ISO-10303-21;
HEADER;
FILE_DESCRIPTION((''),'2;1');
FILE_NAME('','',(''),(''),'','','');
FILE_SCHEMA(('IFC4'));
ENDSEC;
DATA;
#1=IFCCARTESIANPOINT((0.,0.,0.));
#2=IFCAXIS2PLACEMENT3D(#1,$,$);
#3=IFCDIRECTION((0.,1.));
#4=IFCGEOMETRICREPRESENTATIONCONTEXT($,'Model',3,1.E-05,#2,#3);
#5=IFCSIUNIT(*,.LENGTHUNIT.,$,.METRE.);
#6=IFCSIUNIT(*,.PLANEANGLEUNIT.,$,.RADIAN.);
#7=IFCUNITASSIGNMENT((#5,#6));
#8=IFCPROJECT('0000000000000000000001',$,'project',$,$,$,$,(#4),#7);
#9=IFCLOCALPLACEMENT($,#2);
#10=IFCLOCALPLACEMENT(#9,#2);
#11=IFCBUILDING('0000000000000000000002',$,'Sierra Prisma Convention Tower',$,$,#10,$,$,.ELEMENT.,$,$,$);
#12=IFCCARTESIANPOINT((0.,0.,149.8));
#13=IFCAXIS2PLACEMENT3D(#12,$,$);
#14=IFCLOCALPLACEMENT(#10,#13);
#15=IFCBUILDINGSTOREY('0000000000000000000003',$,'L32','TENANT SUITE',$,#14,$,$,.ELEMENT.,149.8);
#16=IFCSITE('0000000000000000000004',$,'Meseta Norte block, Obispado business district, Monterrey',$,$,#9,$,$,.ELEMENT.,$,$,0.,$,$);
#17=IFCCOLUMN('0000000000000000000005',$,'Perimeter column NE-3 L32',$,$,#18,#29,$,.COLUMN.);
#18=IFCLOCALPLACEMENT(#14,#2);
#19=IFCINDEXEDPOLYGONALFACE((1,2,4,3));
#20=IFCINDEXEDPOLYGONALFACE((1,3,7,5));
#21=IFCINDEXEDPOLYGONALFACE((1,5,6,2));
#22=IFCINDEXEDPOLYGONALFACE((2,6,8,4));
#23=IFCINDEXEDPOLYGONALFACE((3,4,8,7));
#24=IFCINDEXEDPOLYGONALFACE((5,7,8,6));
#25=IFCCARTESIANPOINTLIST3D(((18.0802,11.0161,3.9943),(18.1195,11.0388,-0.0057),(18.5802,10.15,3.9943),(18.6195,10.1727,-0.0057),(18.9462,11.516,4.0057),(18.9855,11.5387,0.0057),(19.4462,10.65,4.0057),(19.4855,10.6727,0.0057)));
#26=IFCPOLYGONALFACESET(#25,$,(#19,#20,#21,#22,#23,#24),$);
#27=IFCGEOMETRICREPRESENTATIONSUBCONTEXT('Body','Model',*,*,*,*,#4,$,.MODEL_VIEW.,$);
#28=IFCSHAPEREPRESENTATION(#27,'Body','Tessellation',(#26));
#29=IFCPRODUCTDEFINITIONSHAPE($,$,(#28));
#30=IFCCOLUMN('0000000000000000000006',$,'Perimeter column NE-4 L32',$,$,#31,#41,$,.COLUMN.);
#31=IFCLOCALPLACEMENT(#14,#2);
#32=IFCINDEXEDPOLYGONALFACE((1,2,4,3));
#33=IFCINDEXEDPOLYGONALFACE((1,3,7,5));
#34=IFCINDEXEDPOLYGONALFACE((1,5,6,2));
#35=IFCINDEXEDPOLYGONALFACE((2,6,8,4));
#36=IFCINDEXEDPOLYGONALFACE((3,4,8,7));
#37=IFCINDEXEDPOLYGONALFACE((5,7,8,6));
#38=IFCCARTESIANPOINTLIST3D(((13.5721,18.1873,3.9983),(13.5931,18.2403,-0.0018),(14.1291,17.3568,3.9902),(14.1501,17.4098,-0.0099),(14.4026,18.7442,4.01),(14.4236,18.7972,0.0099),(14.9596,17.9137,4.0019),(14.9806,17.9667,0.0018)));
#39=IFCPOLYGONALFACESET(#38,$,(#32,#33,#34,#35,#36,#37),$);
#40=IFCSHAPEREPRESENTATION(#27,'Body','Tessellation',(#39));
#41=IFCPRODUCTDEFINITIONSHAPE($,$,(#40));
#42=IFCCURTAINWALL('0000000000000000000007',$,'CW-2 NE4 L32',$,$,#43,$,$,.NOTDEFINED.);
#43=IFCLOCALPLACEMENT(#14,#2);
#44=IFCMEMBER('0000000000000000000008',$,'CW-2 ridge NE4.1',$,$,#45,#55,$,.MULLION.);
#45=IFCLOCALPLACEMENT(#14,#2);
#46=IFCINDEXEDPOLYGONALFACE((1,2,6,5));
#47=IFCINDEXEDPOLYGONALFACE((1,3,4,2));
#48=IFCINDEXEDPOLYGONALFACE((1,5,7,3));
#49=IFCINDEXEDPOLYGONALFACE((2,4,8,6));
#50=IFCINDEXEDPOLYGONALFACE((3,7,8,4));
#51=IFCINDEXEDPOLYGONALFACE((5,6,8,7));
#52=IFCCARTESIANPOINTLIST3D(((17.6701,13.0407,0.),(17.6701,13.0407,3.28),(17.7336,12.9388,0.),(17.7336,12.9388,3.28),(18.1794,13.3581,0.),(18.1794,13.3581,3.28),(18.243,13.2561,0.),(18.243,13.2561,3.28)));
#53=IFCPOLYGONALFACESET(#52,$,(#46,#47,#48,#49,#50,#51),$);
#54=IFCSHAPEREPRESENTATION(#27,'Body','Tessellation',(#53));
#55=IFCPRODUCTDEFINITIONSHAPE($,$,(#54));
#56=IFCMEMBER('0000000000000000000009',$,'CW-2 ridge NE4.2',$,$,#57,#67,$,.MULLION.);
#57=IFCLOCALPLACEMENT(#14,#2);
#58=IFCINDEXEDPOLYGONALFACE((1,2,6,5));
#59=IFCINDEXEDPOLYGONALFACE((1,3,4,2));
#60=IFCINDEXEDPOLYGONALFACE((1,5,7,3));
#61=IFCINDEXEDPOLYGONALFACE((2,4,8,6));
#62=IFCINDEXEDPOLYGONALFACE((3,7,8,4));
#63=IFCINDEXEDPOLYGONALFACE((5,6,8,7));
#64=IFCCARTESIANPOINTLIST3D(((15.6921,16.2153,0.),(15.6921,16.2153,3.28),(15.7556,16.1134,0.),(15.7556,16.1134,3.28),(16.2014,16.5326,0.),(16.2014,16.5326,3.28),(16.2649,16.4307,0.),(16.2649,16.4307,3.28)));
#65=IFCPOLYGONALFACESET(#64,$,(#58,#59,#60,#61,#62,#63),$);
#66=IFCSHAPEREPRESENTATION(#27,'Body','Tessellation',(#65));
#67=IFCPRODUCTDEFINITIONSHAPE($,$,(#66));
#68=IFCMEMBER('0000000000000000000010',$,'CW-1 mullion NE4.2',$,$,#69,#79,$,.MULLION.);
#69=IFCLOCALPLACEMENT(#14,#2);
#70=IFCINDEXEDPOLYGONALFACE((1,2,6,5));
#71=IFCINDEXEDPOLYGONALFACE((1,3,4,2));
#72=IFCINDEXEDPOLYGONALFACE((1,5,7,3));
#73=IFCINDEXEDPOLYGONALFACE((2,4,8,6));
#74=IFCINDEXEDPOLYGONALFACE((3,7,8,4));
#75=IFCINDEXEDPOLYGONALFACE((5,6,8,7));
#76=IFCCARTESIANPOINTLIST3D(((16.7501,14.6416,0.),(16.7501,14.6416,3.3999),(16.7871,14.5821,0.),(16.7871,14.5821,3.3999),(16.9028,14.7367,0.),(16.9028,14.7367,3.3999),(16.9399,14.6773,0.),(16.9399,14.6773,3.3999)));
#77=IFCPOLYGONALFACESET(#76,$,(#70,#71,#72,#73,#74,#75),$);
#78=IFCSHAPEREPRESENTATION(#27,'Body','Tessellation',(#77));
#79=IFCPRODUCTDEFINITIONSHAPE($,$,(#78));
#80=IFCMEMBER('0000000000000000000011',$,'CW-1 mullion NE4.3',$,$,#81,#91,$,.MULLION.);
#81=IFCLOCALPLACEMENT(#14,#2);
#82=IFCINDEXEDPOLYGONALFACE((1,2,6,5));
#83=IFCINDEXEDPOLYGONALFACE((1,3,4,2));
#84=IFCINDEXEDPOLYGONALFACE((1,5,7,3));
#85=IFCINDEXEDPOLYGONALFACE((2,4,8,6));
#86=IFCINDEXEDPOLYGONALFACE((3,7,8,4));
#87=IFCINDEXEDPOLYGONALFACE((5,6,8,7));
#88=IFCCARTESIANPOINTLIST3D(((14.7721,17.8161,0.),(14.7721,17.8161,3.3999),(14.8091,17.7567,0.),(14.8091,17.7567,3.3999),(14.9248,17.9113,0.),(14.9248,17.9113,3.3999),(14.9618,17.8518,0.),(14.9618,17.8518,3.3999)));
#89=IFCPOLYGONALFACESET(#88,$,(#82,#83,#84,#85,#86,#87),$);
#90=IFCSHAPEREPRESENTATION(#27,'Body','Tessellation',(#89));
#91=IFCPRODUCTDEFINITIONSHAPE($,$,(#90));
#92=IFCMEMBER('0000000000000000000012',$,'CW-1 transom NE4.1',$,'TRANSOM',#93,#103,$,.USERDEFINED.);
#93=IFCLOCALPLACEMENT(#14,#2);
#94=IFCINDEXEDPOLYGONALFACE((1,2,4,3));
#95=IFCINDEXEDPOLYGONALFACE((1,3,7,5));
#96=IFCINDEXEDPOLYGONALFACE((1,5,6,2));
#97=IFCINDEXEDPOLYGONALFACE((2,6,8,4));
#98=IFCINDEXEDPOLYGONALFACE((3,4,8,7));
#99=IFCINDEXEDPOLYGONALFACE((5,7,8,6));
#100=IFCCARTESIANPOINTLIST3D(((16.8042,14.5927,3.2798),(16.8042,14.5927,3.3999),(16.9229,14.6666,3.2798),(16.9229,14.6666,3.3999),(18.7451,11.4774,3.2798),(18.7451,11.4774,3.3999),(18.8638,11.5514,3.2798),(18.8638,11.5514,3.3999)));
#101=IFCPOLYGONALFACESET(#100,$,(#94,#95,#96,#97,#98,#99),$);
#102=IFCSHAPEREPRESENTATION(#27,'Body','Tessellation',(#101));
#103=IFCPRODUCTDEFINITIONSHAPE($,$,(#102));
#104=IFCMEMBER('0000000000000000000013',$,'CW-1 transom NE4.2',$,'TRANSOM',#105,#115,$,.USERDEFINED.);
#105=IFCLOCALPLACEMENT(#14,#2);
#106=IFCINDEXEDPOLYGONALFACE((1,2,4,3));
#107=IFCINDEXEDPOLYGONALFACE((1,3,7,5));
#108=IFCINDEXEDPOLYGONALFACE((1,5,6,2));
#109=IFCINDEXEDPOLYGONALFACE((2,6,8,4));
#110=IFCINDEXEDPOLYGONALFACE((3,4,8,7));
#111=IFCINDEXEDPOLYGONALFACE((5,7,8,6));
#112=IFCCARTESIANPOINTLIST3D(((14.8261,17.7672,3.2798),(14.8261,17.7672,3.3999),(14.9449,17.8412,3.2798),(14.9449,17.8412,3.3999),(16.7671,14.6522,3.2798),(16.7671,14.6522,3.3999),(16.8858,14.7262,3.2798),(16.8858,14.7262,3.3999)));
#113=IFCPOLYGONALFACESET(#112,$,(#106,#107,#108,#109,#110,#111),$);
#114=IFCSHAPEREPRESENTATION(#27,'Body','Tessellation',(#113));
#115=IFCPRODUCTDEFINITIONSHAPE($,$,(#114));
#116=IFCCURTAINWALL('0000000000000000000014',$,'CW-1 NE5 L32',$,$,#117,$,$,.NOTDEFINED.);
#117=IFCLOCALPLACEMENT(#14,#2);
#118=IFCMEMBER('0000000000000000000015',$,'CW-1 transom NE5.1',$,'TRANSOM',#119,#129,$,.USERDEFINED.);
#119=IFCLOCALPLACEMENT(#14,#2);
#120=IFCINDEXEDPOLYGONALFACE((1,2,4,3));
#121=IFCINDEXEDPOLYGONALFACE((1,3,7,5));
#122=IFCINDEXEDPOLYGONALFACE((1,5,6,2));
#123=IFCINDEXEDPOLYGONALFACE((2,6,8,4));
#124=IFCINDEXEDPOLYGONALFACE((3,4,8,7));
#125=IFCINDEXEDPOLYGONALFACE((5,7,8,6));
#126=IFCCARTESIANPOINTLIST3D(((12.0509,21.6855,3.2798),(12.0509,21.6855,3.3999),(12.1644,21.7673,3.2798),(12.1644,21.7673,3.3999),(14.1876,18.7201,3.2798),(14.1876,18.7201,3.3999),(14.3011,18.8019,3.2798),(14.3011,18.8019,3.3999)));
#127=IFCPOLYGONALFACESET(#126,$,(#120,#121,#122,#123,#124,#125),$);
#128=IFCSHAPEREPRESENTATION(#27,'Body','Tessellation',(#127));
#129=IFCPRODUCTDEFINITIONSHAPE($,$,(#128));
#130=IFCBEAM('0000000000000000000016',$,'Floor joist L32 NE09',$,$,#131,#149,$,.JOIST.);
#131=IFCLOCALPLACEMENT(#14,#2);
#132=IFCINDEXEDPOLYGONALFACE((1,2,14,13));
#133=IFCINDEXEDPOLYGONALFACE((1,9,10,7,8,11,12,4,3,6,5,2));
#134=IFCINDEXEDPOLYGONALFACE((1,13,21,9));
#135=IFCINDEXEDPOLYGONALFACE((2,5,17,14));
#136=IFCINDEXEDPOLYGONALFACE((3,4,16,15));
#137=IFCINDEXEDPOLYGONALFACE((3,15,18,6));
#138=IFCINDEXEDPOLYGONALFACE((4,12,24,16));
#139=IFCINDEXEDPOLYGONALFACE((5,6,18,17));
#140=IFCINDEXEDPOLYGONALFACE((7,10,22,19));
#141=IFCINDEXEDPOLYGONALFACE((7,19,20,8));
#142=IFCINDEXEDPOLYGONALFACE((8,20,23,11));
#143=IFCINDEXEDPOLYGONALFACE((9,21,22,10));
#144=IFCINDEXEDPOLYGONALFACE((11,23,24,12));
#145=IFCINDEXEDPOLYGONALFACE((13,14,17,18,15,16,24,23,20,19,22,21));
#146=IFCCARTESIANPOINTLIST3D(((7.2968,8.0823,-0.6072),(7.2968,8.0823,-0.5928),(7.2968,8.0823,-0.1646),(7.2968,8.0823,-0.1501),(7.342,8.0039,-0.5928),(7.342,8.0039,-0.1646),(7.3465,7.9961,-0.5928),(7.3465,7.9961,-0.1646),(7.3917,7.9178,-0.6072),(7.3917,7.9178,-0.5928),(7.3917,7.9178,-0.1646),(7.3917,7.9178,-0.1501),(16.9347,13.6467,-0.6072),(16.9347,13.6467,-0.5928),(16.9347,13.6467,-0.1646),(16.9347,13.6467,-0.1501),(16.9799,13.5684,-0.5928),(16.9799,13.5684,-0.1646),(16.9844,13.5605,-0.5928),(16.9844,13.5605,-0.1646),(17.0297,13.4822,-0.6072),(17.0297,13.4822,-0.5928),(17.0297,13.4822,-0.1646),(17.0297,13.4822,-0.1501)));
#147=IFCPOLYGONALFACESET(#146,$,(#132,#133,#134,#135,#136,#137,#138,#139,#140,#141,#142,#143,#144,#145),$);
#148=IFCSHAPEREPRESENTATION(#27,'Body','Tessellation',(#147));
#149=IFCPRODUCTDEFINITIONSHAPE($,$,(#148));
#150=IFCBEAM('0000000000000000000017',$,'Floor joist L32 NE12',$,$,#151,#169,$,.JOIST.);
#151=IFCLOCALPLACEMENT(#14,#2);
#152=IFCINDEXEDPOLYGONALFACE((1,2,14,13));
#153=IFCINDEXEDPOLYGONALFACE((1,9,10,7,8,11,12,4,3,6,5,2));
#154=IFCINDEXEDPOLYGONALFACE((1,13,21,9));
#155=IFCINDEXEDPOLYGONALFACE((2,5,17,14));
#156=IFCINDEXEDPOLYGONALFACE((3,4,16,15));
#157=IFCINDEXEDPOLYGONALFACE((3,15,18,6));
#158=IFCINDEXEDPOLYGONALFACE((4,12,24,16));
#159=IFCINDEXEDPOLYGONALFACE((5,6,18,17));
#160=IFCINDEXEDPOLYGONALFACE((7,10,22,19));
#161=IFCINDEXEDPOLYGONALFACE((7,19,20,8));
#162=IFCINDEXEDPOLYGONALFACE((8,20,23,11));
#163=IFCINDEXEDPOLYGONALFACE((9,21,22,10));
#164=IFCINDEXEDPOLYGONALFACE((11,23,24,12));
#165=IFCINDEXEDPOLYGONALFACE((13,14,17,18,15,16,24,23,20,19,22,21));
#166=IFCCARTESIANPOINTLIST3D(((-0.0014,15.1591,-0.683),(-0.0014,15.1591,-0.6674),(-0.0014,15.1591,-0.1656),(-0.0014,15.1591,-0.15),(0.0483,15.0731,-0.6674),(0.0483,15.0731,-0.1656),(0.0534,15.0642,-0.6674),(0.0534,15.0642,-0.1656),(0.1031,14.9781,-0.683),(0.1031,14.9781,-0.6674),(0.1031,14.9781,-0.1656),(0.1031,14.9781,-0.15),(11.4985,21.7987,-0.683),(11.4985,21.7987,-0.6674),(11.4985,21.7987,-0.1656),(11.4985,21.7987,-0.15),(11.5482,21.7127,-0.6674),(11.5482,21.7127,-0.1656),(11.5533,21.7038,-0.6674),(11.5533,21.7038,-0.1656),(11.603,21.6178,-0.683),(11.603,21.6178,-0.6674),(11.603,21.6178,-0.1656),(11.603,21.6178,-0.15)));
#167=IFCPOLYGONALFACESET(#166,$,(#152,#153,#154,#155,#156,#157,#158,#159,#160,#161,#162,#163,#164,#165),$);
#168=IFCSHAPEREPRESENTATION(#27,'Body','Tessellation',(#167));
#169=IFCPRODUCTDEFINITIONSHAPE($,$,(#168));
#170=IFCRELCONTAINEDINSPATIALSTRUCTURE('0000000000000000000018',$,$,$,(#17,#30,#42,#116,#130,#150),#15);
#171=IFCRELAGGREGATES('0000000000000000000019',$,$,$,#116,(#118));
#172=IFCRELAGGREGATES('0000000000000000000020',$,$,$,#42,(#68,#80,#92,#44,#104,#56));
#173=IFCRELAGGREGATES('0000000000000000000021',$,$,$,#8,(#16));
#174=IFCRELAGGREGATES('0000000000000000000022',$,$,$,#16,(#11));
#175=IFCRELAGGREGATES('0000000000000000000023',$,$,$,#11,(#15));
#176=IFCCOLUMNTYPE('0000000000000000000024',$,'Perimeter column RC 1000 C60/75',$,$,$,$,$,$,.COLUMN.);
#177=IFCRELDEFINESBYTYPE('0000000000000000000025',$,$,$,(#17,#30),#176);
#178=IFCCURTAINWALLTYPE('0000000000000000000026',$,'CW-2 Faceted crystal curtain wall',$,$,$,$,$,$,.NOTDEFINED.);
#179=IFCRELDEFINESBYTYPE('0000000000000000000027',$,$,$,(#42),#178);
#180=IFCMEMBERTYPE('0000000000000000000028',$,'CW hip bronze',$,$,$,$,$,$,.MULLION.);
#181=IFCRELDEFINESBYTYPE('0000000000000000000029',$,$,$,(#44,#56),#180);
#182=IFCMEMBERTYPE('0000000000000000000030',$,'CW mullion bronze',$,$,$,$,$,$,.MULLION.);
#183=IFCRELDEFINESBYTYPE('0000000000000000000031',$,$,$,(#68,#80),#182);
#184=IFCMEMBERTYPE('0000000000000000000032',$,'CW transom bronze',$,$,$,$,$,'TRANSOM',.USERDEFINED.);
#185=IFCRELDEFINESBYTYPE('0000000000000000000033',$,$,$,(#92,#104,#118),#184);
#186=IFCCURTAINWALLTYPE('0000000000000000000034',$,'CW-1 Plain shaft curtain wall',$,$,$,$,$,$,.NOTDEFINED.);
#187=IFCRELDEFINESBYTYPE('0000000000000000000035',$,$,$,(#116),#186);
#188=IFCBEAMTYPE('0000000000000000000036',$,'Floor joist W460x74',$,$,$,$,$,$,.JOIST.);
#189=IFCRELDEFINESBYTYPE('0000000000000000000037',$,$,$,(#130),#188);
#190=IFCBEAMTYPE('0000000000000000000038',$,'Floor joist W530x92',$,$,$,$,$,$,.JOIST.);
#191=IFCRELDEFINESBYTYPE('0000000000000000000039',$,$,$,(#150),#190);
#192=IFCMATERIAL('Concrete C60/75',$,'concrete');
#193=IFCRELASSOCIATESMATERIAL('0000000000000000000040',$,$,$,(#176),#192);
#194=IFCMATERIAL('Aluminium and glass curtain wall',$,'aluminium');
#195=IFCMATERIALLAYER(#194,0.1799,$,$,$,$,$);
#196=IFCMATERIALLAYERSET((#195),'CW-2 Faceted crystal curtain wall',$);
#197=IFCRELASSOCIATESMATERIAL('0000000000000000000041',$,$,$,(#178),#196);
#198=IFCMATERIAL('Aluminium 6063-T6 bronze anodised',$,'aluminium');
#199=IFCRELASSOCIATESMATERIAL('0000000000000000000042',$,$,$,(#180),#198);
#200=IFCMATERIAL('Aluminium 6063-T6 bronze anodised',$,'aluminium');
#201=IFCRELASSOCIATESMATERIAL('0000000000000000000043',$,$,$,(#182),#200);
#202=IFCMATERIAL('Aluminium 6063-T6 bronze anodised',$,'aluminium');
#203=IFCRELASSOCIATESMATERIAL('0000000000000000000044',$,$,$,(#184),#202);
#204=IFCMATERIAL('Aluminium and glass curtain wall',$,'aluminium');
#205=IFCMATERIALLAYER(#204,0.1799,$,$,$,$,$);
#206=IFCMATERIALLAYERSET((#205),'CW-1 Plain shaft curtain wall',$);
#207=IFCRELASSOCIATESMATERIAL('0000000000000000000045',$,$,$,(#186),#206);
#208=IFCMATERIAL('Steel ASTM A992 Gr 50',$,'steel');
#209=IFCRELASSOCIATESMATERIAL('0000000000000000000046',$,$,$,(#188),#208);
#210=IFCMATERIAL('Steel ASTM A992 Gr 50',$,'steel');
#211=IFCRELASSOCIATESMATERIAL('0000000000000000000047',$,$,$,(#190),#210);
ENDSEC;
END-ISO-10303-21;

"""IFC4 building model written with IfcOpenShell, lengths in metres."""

from ifc_helpers import new_model, si_unit, direction, frame, origin, origin_2d, place, context, subcontext, project, spatial, rectangle, i_section, extrude, material, layer, layer_set, material_profile, profile_set, type_object, element, aggregate, save


model = new_model("IFC4")

# Units and contexts
model_context = context("Model", 3, precision=1e-05, world=origin(), true_north=direction((0.0, 1.0)))
body_context = subcontext(model_context, "Body", "Model", "MODEL_VIEW")
ifc_project = project(units=[si_unit("LENGTHUNIT", "METRE"), si_unit("PLANEANGLEUNIT", "RADIAN")], contexts=[model_context])

# Site, building, storey
site_placement = place(None, origin())
site = spatial("IfcSite", under=ifc_project, at=site_placement, Name="Meseta Norte block, Obispado business district, Monterrey", CompositionType="ELEMENT", RefElevation=0.0)
building_placement = place(site_placement, origin())
building = spatial("IfcBuilding", under=site, at=building_placement, Name="Sierra Prisma Convention Tower", CompositionType="ELEMENT")
storey_placement = place(building_placement, frame((0.0, 0.0, 149.8)))
storey = spatial("IfcBuildingStorey", under=building, at=storey_placement, Name="L32", Description="TENANT SUITE", CompositionType="ELEMENT", Elevation=149.8)

# Columns
ifc_material_1 = material(Name="Concrete C60/75", Category="concrete")
ifc_material_profile_1 = material_profile(ifc_material_1, rectangle(XDim=1.0, YDim=1.0, at=origin_2d()), Name="Perimeter column RC 1000 C60/75")
ifc_profile_set_1 = profile_set([ifc_material_profile_1], Name="Concrete C60/75")
column_type = type_object("IfcColumnType", Name="Perimeter column RC 1000 C60/75", PredefinedType="COLUMN", material=ifc_profile_set_1)
column_1_placement = place(storey_placement, frame((18.8025, 10.8557, 0.0), z_axis=(-0.009826, -0.005676, 0.999936), x_axis=(-0.499976, 0.866039, 0.000003)))
element("IfcColumn", 1, at=column_1_placement, inside=storey, type_object=column_type, Name="Perimeter column NE-3 L32", PredefinedType="COLUMN", context=body_context, shape_type="SweptSolid", body=[
    extrude(rectangle(XDim=1.0, YDim=1.0, at=origin_2d()), origin(), (0.0, 0.0, 1.0), 4.0002),
])
column_2_placement = place(storey_placement, frame((14.2869, 18.1035, 0.0), z_axis=(-0.005248, -0.013243, 0.999899), x_axis=(-0.557, 0.830473, 0.008076)))
element("IfcColumn", 2, at=column_2_placement, inside=storey, type_object=column_type, Name="Perimeter column NE-4 L32", PredefinedType="COLUMN", context=body_context, shape_type="SweptSolid", body=[
    extrude(rectangle(XDim=1.0, YDim=1.0, at=origin_2d()), origin(), (0.0, 0.0, 1.0), 4.0005),
])

# Curtain wall, members
ifc_material_2 = material(Name="Aluminium and glass curtain wall", Category="aluminium")
ifc_layer_1 = layer(ifc_material_2, 0.1799)
ifc_layer_set_1 = layer_set([ifc_layer_1], Name="CW-2 Faceted crystal curtain wall")
curtain_wall_type_1 = type_object("IfcCurtainWallType", Name="CW-2 Faceted crystal curtain wall", PredefinedType="NOTDEFINED", material=ifc_layer_set_1)
curtain_wall_1_placement = place(storey_placement, origin())
curtain_wall_1 = element("IfcCurtainWall", 3, at=curtain_wall_1_placement, inside=storey, type_object=curtain_wall_type_1, Name="CW-2 NE4 L32", PredefinedType="NOTDEFINED")
ifc_material_3 = material(Name="Aluminium 6063-T6 bronze anodised", Category="aluminium")
ifc_material_profile_2 = material_profile(ifc_material_3, rectangle(XDim=0.1201, YDim=0.6001, at=origin_2d()), Name="ALU RIDGE BLADE 120x600")
ifc_profile_set_2 = profile_set([ifc_material_profile_2], Name="Aluminium 6063-T6 bronze anodised")
member_type_1 = type_object("IfcMemberType", Name="CW hip bronze", PredefinedType="MULLION", material=ifc_profile_set_2)
member_1_placement = place(storey_placement, frame((17.9565, 13.1484, 0.0), z_axis=(0.0, 0.0, 1.0), x_axis=(-0.528802, 0.848745, 0.0)))
member_1 = element("IfcMember", 4, at=member_1_placement, type_object=member_type_1, Name="CW-2 ridge NE4.1", PredefinedType="MULLION", context=body_context, shape_type="SweptSolid", body=[
    extrude(rectangle(XDim=0.1201, YDim=0.6001, at=origin_2d()), origin(), (0.0, 0.0, 1.0), 3.28),
])
member_2_placement = place(storey_placement, frame((15.9785, 16.323, 0.0), z_axis=(0.0, 0.0, 1.0), x_axis=(-0.528802, 0.848745, 0.0)))
member_2 = element("IfcMember", 5, at=member_2_placement, type_object=member_type_1, Name="CW-2 ridge NE4.2", PredefinedType="MULLION", context=body_context, shape_type="SweptSolid", body=[
    extrude(rectangle(XDim=0.1201, YDim=0.6001, at=origin_2d()), origin(), (0.0, 0.0, 1.0), 3.28),
])
ifc_material_4 = material(Name="Aluminium 6063-T6 bronze anodised", Category="aluminium")
ifc_material_profile_3 = material_profile(ifc_material_4, rectangle(XDim=0.1799, YDim=0.0701, at=origin_2d()), Name="ALU MULLION 70x180")
ifc_profile_set_3 = profile_set([ifc_material_profile_3], Name="Aluminium 6063-T6 bronze anodised")
member_type_2 = type_object("IfcMemberType", Name="CW mullion bronze", PredefinedType="MULLION", material=ifc_profile_set_3)
member_3_placement = place(storey_placement, frame((16.845, 14.6594, 0.0), z_axis=(0.0, 0.0, 1.0), x_axis=(-0.848745, -0.528802, 0.0)))
member_3 = element("IfcMember", 6, at=member_3_placement, type_object=member_type_2, Name="CW-1 mullion NE4.2", PredefinedType="MULLION", context=body_context, shape_type="SweptSolid", body=[
    extrude(rectangle(XDim=0.1799, YDim=0.0701, at=origin_2d()), origin(), (0.0, 0.0, 1.0), 3.3999),
])
member_4_placement = place(storey_placement, frame((14.8669, 17.834, 0.0), z_axis=(0.0, 0.0, 1.0), x_axis=(-0.848745, -0.528802, 0.0)))
member_4 = element("IfcMember", 7, at=member_4_placement, type_object=member_type_2, Name="CW-1 mullion NE4.3", PredefinedType="MULLION", context=body_context, shape_type="SweptSolid", body=[
    extrude(rectangle(XDim=0.1799, YDim=0.0701, at=origin_2d()), origin(), (0.0, 0.0, 1.0), 3.3999),
])
ifc_material_5 = material(Name="Aluminium 6063-T6 bronze anodised", Category="aluminium")
ifc_material_profile_4 = material_profile(ifc_material_5, rectangle(XDim=0.1399, YDim=0.1201, at=origin_2d()), Name="ALU TRANSOM 120x140")
ifc_profile_set_4 = profile_set([ifc_material_profile_4], Name="Aluminium 6063-T6 bronze anodised")
member_type_3 = type_object("IfcMemberType", Name="CW transom bronze", ElementType="TRANSOM", PredefinedType="USERDEFINED", material=ifc_profile_set_4)
member_5_placement = place(storey_placement, frame((18.8044, 11.5144, 3.3398), z_axis=(-0.528803, 0.848745, 0.0), x_axis=(-0.848745, -0.528803, 0.0)))
member_5 = element("IfcMember", 8, at=member_5_placement, type_object=member_type_3, Name="CW-1 transom NE4.1", ObjectType="TRANSOM", PredefinedType="USERDEFINED", context=body_context, shape_type="SweptSolid", body=[
    extrude(rectangle(XDim=0.1399, YDim=0.1201, at=origin_2d()), origin(), (0.0, 0.0, 1.0), 3.6704),
])
member_6_placement = place(storey_placement, frame((16.8264, 14.6892, 3.3398), z_axis=(-0.528832, 0.848726, 0.0), x_axis=(-0.848726, -0.528832, 0.0)))
member_6 = element("IfcMember", 9, at=member_6_placement, type_object=member_type_3, Name="CW-1 transom NE4.2", ObjectType="TRANSOM", PredefinedType="USERDEFINED", context=body_context, shape_type="SweptSolid", body=[
    extrude(rectangle(XDim=0.1399, YDim=0.1201, at=origin_2d()), origin(), (0.0, 0.0, 1.0), 3.6702),
])

# Curtain wall, member
ifc_material_6 = material(Name="Aluminium and glass curtain wall", Category="aluminium")
ifc_layer_2 = layer(ifc_material_6, 0.1799)
ifc_layer_set_2 = layer_set([ifc_layer_2], Name="CW-1 Plain shaft curtain wall")
curtain_wall_type_2 = type_object("IfcCurtainWallType", Name="CW-1 Plain shaft curtain wall", PredefinedType="NOTDEFINED", material=ifc_layer_set_2)
curtain_wall_2_placement = place(storey_placement, origin())
curtain_wall_2 = element("IfcCurtainWall", 10, at=curtain_wall_2_placement, inside=storey, type_object=curtain_wall_type_2, Name="CW-1 NE5 L32", PredefinedType="NOTDEFINED")
member_7_placement = place(storey_placement, frame((14.2444, 18.761, 3.3398), z_axis=(-0.584607, 0.811316, 0.0), x_axis=(-0.811316, -0.584607, 0.0)))
member_7 = element("IfcMember", 11, at=member_7_placement, type_object=member_type_3, Name="CW-1 transom NE5.1", ObjectType="TRANSOM", PredefinedType="USERDEFINED", context=body_context, shape_type="SweptSolid", body=[
    extrude(rectangle(XDim=0.1399, YDim=0.1201, at=origin_2d()), origin(), (0.0, 0.0, 1.0), 3.655),
])

# Beams
ifc_material_7 = material(Name="Steel ASTM A992 Gr 50", Category="steel")
ifc_material_profile_5 = material_profile(ifc_material_7, i_section(OverallWidth=0.1899, OverallDepth=0.457, WebThickness=0.009, FlangeThickness=0.0144, at=origin_2d()), Name="W460x74")
ifc_profile_set_5 = profile_set([ifc_material_profile_5], Name="Steel ASTM A992 Gr 50")
beam_type_1 = type_object("IfcBeamType", Name="Floor joist W460x74", PredefinedType="JOIST", material=ifc_profile_set_5)
beam_1_placement = place(storey_placement, frame((16.9822, 13.5645, -0.3787), z_axis=(-0.866026, -0.499999, 0.0), x_axis=(0.499999, -0.866026, 0.0)))
element("IfcBeam", 12, at=beam_1_placement, inside=storey, type_object=beam_type_1, Name="Floor joist L32 NE09", PredefinedType="JOIST", context=body_context, shape_type="SweptSolid", body=[
    extrude(i_section(OverallWidth=0.1899, OverallDepth=0.457, WebThickness=0.009, FlangeThickness=0.0144, at=origin_2d()), origin(), (0.0, 0.0, 1.0), 11.1289),
])
ifc_material_8 = material(Name="Steel ASTM A992 Gr 50", Category="steel")
ifc_material_profile_6 = material_profile(ifc_material_8, i_section(OverallWidth=0.209, OverallDepth=0.533, WebThickness=0.0103, FlangeThickness=0.0156, at=origin_2d()), Name="W530x92")
ifc_profile_set_6 = profile_set([ifc_material_profile_6], Name="Steel ASTM A992 Gr 50")
beam_type_2 = type_object("IfcBeamType", Name="Floor joist W530x92", PredefinedType="JOIST", material=ifc_profile_set_6)
beam_2_placement = place(storey_placement, frame((11.5508, 21.7083, -0.4165), z_axis=(-0.866021, -0.500007, 0.0), x_axis=(0.500007, -0.866021, 0.0)))
element("IfcBeam", 13, at=beam_2_placement, inside=storey, type_object=beam_type_2, Name="Floor joist L32 NE12", PredefinedType="JOIST", context=body_context, shape_type="SweptSolid", body=[
    extrude(i_section(OverallWidth=0.209, OverallDepth=0.533, WebThickness=0.0103, FlangeThickness=0.0156, at=origin_2d()), origin(), (0.0, 0.0, 1.0), 13.2791),
])

aggregate(curtain_wall_2, [member_7])
aggregate(curtain_wall_1, [member_3, member_4, member_5, member_1, member_6, member_2])

save(model, "model.ifc")
